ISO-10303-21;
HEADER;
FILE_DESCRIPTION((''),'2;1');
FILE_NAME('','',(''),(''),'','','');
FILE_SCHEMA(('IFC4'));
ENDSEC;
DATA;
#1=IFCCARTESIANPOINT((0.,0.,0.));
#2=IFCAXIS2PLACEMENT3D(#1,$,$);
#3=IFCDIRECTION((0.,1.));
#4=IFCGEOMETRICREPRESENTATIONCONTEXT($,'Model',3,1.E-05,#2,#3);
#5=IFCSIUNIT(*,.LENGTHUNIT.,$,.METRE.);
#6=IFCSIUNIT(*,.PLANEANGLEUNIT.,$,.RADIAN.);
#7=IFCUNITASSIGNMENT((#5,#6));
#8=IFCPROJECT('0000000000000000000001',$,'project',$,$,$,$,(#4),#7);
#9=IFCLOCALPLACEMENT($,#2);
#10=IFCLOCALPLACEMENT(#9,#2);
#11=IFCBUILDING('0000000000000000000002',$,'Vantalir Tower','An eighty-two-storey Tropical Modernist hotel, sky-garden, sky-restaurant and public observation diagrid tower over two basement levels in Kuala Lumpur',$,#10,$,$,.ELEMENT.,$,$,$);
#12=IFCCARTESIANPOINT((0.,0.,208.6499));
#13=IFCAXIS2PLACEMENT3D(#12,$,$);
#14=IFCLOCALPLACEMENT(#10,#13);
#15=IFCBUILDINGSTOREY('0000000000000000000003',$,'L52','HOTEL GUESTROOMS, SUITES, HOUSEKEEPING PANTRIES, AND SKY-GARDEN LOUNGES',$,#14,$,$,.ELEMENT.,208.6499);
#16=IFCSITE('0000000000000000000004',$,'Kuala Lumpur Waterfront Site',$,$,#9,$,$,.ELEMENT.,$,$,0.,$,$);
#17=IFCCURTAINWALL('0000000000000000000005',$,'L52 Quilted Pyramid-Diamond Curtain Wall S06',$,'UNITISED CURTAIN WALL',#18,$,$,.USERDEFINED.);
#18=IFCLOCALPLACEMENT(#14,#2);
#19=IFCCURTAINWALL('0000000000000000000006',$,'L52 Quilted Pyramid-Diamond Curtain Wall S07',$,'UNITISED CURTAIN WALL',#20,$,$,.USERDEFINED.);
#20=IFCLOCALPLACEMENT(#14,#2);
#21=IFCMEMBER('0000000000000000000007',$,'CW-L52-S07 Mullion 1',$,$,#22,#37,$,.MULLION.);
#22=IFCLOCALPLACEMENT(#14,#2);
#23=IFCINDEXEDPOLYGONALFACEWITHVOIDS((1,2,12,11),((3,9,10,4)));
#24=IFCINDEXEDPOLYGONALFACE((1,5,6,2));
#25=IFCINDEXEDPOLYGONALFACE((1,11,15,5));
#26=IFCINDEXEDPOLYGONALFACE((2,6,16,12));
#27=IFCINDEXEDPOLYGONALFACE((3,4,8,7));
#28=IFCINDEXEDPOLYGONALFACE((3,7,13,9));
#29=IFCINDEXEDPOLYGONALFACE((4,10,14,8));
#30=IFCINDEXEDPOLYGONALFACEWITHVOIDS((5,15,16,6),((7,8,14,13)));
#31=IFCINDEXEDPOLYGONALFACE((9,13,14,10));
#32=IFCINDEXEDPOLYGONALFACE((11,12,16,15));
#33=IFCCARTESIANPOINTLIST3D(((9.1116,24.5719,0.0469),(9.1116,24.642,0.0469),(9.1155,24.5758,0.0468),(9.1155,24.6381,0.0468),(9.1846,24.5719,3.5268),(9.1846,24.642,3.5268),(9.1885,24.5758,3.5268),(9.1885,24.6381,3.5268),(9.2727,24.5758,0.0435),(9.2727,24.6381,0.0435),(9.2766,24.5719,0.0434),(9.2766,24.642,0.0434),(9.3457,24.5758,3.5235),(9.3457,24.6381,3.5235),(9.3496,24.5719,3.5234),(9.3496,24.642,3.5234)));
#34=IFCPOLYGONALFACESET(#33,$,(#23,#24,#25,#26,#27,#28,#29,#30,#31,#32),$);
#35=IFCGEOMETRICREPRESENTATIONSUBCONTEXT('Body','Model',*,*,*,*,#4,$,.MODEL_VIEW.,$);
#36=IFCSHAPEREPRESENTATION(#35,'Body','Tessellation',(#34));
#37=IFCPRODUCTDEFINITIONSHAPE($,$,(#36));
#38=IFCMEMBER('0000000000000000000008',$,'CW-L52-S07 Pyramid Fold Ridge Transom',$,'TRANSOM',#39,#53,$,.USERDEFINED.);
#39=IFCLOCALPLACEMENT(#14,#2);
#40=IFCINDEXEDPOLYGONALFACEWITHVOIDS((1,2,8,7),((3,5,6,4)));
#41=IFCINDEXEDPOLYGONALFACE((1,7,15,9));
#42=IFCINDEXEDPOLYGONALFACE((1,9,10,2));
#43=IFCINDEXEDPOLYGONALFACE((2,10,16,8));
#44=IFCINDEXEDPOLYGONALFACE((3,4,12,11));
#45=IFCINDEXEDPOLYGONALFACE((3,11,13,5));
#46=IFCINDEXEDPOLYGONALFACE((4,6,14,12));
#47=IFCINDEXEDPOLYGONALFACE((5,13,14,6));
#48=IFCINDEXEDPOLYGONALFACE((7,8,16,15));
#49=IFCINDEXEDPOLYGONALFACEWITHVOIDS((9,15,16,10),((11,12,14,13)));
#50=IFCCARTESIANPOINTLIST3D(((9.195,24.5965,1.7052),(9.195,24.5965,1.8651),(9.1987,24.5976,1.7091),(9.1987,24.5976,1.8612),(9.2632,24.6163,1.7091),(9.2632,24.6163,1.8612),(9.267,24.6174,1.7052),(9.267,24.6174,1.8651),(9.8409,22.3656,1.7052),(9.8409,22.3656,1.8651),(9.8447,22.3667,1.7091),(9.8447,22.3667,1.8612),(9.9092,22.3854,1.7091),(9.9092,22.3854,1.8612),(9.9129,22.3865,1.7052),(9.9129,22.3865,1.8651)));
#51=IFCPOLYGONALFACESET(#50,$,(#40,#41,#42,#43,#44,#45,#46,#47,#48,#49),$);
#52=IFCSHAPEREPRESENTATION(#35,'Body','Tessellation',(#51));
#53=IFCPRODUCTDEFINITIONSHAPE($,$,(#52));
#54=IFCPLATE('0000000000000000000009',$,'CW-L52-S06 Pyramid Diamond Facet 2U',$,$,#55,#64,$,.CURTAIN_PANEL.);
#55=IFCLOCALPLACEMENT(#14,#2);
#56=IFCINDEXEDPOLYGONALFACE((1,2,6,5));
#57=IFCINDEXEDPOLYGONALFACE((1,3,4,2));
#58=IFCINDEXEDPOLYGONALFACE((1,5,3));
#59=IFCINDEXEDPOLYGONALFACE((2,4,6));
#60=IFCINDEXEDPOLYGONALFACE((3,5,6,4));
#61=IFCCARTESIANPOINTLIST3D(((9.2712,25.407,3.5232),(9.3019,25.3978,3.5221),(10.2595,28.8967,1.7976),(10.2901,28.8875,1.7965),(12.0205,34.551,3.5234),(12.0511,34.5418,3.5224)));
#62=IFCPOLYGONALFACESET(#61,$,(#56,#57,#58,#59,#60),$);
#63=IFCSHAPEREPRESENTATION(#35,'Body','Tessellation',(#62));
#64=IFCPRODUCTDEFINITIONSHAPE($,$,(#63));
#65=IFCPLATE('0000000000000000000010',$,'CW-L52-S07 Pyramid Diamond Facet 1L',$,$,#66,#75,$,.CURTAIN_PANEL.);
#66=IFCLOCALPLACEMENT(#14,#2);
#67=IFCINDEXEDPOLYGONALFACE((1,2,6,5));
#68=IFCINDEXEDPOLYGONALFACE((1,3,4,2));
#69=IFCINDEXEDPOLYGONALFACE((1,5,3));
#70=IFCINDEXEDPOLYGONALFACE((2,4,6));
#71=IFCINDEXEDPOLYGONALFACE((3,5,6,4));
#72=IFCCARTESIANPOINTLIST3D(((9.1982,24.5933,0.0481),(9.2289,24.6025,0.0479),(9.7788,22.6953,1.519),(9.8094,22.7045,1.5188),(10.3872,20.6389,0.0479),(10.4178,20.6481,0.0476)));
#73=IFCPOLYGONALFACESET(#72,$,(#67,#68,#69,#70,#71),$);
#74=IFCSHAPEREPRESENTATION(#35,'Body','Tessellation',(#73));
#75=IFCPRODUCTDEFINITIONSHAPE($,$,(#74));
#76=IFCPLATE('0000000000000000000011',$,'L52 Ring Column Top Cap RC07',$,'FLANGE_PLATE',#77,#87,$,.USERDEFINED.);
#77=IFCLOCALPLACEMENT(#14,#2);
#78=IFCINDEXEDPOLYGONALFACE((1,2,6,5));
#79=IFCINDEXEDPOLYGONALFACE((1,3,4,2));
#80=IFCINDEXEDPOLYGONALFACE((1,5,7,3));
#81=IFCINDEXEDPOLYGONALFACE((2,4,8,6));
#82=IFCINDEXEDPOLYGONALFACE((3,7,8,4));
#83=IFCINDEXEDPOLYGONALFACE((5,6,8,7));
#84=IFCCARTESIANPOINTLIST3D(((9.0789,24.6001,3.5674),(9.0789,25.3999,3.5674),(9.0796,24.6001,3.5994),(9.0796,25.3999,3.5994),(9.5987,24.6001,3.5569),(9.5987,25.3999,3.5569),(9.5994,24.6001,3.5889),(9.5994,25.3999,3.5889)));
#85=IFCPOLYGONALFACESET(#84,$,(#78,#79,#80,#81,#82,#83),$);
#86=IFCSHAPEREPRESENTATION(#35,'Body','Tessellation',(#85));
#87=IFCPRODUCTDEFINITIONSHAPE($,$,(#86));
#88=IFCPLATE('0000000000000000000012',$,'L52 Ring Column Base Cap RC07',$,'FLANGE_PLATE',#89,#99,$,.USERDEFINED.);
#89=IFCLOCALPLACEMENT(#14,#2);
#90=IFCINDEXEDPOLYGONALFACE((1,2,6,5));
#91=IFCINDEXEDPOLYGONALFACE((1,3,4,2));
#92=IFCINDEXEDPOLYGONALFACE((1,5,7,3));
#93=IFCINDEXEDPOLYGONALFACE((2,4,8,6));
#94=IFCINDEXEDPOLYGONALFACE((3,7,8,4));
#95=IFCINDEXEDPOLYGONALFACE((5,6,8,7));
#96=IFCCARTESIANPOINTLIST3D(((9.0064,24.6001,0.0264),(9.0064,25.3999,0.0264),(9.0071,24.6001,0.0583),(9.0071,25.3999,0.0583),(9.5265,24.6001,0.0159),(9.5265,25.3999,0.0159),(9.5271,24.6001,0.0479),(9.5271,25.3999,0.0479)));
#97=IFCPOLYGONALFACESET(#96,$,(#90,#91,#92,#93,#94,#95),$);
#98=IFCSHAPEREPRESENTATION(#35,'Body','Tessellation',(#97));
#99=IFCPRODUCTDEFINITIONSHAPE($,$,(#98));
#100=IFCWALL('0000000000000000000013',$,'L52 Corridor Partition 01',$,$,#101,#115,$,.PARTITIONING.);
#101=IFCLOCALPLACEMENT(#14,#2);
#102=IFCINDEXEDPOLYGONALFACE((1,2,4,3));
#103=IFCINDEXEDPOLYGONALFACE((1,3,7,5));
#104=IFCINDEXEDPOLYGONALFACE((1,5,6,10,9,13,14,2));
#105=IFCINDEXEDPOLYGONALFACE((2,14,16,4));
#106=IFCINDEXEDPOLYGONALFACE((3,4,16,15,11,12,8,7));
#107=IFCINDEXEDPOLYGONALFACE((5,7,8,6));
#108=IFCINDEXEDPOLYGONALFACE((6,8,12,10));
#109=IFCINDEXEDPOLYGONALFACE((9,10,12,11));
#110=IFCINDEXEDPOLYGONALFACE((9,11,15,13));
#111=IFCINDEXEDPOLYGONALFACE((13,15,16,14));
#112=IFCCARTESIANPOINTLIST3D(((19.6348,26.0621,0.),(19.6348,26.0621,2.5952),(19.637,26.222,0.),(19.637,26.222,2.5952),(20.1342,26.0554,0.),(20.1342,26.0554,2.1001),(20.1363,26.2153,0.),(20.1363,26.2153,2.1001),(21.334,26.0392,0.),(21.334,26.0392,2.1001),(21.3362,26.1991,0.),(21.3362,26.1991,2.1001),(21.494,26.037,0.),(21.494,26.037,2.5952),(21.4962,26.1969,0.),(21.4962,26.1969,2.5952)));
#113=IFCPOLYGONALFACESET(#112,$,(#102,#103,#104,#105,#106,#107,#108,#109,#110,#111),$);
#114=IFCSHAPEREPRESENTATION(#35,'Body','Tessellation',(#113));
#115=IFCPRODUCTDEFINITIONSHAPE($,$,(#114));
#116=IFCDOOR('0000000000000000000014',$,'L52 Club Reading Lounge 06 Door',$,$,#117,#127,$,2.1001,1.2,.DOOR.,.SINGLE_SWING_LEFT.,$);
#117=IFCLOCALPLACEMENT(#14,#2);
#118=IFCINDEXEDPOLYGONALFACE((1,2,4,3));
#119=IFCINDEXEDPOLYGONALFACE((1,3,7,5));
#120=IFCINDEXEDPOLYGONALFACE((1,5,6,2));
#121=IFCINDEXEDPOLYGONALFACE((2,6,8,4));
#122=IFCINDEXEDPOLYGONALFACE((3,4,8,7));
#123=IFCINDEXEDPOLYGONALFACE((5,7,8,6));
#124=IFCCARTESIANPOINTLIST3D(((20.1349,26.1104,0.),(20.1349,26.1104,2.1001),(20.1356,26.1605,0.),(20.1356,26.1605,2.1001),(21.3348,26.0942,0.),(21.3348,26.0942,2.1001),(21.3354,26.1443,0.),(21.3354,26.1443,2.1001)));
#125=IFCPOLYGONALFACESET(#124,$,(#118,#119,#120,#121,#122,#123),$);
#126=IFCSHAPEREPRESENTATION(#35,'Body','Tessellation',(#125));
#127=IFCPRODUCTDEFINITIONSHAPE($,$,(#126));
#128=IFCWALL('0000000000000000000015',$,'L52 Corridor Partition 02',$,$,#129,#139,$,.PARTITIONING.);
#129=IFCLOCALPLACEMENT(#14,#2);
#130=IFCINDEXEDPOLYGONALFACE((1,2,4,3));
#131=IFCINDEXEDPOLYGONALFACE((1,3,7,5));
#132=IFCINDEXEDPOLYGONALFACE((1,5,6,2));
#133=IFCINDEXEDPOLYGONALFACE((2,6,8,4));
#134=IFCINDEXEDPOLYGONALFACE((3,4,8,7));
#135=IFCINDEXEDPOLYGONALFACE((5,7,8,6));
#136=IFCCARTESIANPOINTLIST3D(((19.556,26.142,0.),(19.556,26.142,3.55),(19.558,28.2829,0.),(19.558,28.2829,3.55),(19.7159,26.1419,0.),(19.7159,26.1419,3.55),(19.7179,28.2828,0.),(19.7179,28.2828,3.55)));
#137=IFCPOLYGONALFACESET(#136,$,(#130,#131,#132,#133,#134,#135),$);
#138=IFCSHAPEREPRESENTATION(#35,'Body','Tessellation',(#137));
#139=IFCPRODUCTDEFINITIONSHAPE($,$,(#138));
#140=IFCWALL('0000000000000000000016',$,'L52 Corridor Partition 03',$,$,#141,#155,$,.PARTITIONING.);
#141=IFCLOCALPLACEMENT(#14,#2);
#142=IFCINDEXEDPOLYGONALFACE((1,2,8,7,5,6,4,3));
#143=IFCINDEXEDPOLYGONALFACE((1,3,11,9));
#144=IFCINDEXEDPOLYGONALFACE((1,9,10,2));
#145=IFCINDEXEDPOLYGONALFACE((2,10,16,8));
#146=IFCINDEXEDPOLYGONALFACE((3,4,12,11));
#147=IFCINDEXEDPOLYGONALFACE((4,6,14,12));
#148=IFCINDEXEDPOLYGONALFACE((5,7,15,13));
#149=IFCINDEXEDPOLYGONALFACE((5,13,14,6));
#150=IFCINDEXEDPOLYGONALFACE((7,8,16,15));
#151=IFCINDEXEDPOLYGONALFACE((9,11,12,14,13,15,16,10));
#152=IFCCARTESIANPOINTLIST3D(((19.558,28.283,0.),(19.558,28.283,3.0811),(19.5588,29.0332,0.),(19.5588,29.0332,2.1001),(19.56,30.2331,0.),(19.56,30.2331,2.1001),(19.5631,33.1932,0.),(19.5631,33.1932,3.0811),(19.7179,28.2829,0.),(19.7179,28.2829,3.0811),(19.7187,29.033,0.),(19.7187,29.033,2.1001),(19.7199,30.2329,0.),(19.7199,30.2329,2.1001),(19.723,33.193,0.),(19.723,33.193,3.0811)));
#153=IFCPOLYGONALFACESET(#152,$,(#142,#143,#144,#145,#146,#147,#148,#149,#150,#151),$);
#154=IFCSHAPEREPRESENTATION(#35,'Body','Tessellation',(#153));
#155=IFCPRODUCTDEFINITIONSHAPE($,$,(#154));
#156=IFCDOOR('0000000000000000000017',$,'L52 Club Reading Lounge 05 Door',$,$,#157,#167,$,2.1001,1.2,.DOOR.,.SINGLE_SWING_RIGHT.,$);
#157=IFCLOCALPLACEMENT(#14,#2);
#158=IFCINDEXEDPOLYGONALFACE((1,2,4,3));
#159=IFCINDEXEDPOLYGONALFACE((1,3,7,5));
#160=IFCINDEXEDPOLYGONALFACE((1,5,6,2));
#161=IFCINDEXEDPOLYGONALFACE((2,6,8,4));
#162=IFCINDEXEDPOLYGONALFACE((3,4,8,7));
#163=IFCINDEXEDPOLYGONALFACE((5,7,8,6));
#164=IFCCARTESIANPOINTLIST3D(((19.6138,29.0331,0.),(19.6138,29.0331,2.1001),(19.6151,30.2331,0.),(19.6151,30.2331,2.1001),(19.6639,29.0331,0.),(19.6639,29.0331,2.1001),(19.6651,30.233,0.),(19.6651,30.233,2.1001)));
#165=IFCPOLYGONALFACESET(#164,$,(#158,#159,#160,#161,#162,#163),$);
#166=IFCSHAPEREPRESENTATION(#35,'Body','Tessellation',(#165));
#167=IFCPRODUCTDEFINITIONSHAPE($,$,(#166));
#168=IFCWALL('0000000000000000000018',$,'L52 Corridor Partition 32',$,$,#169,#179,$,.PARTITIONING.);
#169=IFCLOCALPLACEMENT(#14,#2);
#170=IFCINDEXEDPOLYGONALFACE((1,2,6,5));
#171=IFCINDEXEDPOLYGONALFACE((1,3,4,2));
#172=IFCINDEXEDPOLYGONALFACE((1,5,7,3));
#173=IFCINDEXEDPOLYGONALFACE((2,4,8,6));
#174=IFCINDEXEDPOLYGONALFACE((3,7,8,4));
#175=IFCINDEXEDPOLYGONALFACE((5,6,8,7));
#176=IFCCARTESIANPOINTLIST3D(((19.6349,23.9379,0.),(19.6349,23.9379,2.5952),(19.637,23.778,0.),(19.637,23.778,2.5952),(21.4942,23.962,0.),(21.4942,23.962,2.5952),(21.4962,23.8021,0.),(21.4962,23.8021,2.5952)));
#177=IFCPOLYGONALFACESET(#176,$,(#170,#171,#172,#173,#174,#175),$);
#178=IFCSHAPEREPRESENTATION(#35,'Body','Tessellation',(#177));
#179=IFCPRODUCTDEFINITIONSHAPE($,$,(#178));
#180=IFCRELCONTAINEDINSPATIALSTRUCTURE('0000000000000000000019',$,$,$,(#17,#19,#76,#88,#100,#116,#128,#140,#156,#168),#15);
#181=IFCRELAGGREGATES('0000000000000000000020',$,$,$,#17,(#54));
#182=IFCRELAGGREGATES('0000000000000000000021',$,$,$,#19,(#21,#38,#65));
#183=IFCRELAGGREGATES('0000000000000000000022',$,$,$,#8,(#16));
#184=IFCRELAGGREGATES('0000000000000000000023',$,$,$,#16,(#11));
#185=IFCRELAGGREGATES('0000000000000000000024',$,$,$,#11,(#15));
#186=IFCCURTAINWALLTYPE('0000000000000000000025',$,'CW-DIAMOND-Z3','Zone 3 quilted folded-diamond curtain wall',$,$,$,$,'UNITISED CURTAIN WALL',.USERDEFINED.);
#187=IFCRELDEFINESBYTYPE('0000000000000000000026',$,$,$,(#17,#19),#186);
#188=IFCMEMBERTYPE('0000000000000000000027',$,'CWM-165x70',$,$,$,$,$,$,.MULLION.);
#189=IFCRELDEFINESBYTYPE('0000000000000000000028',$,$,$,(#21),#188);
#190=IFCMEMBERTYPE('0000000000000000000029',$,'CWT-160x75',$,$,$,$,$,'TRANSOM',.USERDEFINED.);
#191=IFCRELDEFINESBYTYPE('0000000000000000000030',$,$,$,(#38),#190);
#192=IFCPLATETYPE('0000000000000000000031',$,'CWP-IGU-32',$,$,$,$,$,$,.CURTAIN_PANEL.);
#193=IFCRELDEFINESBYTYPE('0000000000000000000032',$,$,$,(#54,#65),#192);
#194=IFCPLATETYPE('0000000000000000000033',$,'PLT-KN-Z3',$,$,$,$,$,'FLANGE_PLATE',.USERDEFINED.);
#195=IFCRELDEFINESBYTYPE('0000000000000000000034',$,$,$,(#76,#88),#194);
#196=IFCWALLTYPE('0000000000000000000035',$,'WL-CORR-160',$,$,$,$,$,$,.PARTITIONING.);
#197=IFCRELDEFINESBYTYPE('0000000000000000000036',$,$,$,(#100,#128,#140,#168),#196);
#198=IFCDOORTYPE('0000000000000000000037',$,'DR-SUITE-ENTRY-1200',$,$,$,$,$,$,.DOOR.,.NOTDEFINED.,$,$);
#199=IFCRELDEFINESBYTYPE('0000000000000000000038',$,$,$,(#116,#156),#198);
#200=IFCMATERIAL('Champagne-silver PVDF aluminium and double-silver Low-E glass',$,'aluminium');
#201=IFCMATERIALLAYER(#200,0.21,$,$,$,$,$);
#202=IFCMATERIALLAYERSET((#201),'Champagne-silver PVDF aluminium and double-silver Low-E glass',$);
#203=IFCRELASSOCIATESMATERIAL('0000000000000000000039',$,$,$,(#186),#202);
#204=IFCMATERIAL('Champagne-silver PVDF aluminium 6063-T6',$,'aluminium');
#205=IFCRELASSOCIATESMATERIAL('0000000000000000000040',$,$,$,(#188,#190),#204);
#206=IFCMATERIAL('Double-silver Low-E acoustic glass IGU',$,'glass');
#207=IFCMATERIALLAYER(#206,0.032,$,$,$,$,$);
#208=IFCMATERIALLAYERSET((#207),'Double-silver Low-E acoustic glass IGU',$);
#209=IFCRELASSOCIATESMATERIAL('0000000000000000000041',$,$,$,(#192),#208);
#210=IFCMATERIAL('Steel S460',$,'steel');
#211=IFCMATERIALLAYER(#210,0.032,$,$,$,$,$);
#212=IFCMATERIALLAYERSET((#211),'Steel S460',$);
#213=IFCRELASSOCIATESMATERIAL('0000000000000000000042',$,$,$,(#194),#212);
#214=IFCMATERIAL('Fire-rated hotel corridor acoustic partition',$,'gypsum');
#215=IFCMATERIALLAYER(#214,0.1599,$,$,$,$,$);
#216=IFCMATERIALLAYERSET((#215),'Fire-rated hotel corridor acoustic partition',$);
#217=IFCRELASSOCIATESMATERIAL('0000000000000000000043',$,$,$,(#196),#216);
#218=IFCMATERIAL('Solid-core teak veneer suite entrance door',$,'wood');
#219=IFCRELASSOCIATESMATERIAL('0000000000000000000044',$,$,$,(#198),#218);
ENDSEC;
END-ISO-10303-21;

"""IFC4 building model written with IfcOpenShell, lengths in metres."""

from ifc_helpers import new_model, si_unit, direction, frame, frame_2d, origin, origin_2d, place, context, subcontext, project, spatial, polyline, rectangle, hollow_rectangle, outline, extrude, material, layer, layer_set, material_profile, profile_set, type_object, element, fill, aggregate, save


model = new_model("IFC4")

# Units and contexts
model_context = context("Model", 3, precision=1e-05, world=origin(), true_north=direction((0.0, 1.0)))
body_context = subcontext(model_context, "Body", "Model", "MODEL_VIEW")
ifc_project = project(units=[si_unit("LENGTHUNIT", "METRE"), si_unit("PLANEANGLEUNIT", "RADIAN")], contexts=[model_context])

# Site, building, storey
site_placement = place(None, origin())
site = spatial("IfcSite", under=ifc_project, at=site_placement, Name="Kuala Lumpur Waterfront Site", CompositionType="ELEMENT", RefElevation=0.0)
building_placement = place(site_placement, origin())
building = spatial("IfcBuilding", under=site, at=building_placement, Name="Vantalir Tower", Description="An eighty-two-storey Tropical Modernist hotel, sky-garden, sky-restaurant and public observation diagrid tower over two basement levels in Kuala Lumpur", CompositionType="ELEMENT")
storey_placement = place(building_placement, frame((0.0, 0.0, 208.6499)))
storey = spatial("IfcBuildingStorey", under=building, at=storey_placement, Name="L52", Description="HOTEL GUESTROOMS, SUITES, HOUSEKEEPING PANTRIES, AND SKY-GARDEN LOUNGES", CompositionType="ELEMENT", Elevation=208.6499)

# Shared definitions
ifc_material_1 = material(Name="Steel S460", Category="steel")

# Curtain wall
ifc_material_2 = material(Name="Champagne-silver PVDF aluminium and double-silver Low-E glass", Category="aluminium")
ifc_layer_1 = layer(ifc_material_2, 0.21)
ifc_layer_set_1 = layer_set([ifc_layer_1], Name="Champagne-silver PVDF aluminium and double-silver Low-E glass")
curtain_wall_type = type_object("IfcCurtainWallType", Name="CW-DIAMOND-Z3", Description="Zone 3 quilted folded-diamond curtain wall", ElementType="UNITISED CURTAIN WALL", PredefinedType="USERDEFINED", material=ifc_layer_set_1)
curtain_wall_1_placement = place(storey_placement, origin())
curtain_wall_1 = element("IfcCurtainWall", 1, at=curtain_wall_1_placement, inside=storey, type_object=curtain_wall_type, Name="L52 Quilted Pyramid-Diamond Curtain Wall S06", ObjectType="UNITISED CURTAIN WALL", PredefinedType="USERDEFINED")
ifc_material_3 = material(Name="Champagne-silver PVDF aluminium 6063-T6", Category="aluminium")
ifc_material_profile_1 = material_profile(ifc_material_3, hollow_rectangle(XDim=0.0701, YDim=0.165, WallThickness=0.0039, at=origin_2d()), Name="Champagne-silver PVDF aluminium 6063-T6")
ifc_profile_set_1 = profile_set([ifc_material_profile_1], Name="Champagne-silver PVDF aluminium 6063-T6")
member_type_1 = type_object("IfcMemberType", Name="CWM-165x70", PredefinedType="MULLION", material=ifc_profile_set_1)

# Curtain wall, members
curtain_wall_2_placement = place(storey_placement, origin())
curtain_wall_2 = element("IfcCurtainWall", 2, at=curtain_wall_2_placement, inside=storey, type_object=curtain_wall_type, Name="L52 Quilted Pyramid-Diamond Curtain Wall S07", ObjectType="UNITISED CURTAIN WALL", PredefinedType="USERDEFINED")
member_1_placement = place(storey_placement, frame((9.1941, 24.6069, 0.0452), z_axis=(0.020972, 0.0, 0.99978), x_axis=(0.0, 1.0, 0.0)))
member_1 = element("IfcMember", 3, at=member_1_placement, type_object=member_type_1, Name="CW-L52-S07 Mullion 1", PredefinedType="MULLION", context=body_context, shape_type="SweptSolid", body=[
    extrude(hollow_rectangle(XDim=0.0701, YDim=0.165, WallThickness=0.0039, at=origin_2d()), origin(), (0.0, 0.0, 1.0), 3.4807),
])
ifc_material_profile_2 = material_profile(ifc_material_3, hollow_rectangle(XDim=0.075, YDim=0.1599, WallThickness=0.0039, at=origin_2d()), Name="Champagne-silver PVDF aluminium 6063-T6")
ifc_profile_set_2 = profile_set([ifc_material_profile_2], Name="Champagne-silver PVDF aluminium 6063-T6")
member_type_2 = type_object("IfcMemberType", Name="CWT-160x75", ElementType="TRANSOM", PredefinedType="USERDEFINED", material=ifc_profile_set_2)
member_2_placement = place(storey_placement, frame((9.231, 24.6069, 1.7852), z_axis=(0.278135, -0.960542, 0.0), x_axis=(0.960542, 0.278135, 0.0)))
member_2 = element("IfcMember", 4, at=member_2_placement, type_object=member_type_2, Name="CW-L52-S07 Pyramid Fold Ridge Transom", ObjectType="TRANSOM", PredefinedType="USERDEFINED", context=body_context, shape_type="SweptSolid", body=[
    extrude(hollow_rectangle(XDim=0.075, YDim=0.1599, WallThickness=0.0039, at=origin_2d()), origin(), (0.0, 0.0, 1.0), 2.3225),
])

# Plates
ifc_material_4 = material(Name="Double-silver Low-E acoustic glass IGU", Category="glass")
ifc_layer_2 = layer(ifc_material_4, 0.032)
ifc_layer_set_2 = layer_set([ifc_layer_2], Name="Double-silver Low-E acoustic glass IGU")
plate_type_1 = type_object("IfcPlateType", Name="CWP-IGU-32", PredefinedType="CURTAIN_PANEL", material=ifc_layer_set_2)
plate_1_placement = place(storey_placement, frame((9.2712, 25.407, 3.5232), z_axis=(-0.957104, 0.287764, 0.033806), x_axis=(0.28793, 0.957652, 0.000026)))
plate_1 = element("IfcPlate", 5, at=plate_1_placement, type_object=plate_type_1, Name="CW-L52-S06 Pyramid Diamond Facet 2U", PredefinedType="CURTAIN_PANEL", context=body_context, shape_type="SweptSolid", body=[
    extrude(outline(polyline([(0.0, 0.0), (9.5484, 0.0), (3.6265, 1.7267), (0.0, 0.0)])), origin(), (0.0, 0.0, -1.0), 0.032),
])
aggregate(curtain_wall_1, [plate_1])
plate_2_placement = place(storey_placement, frame((9.1982, 24.5933, 0.0481), z_axis=(-0.957629, -0.287933, 0.006448), x_axis=(0.287939, -0.957649, -0.000059)))
plate_2 = element("IfcPlate", 6, at=plate_2_placement, type_object=plate_type_1, Name="CW-L52-S07 Pyramid Diamond Facet 1L", PredefinedType="CURTAIN_PANEL", context=body_context, shape_type="SweptSolid", body=[
    extrude(outline(polyline([(0.0, 0.0), (4.1292, 0.0), (1.9846, 1.4711), (0.0, 0.0)])), origin(), (0.0, 0.0, -1.0), 0.032),
])
aggregate(curtain_wall_2, [member_1, member_2, plate_2])

# Plates
ifc_layer_3 = layer(ifc_material_1, 0.032)
ifc_layer_set_3 = layer_set([ifc_layer_3], Name="Steel S460")
plate_type_2 = type_object("IfcPlateType", Name="PLT-KN-Z3", ElementType="FLANGE_PLATE", PredefinedType="USERDEFINED", material=ifc_layer_set_3)
plate_3_placement = place(storey_placement, frame((9.0796, 25.3999, 3.5994), z_axis=(0.020193, 0.0, 0.999796), x_axis=(0.0, -1.0, 0.0)))
element("IfcPlate", 7, at=plate_3_placement, inside=storey, type_object=plate_type_2, Name="L52 Ring Column Top Cap RC07", ObjectType="FLANGE_PLATE", PredefinedType="USERDEFINED", context=body_context, shape_type="SweptSolid", body=[
    extrude(outline(polyline([(0.0, 0.0), (0.7998, 0.0), (0.7998, 0.5199), (0.0, 0.5199), (0.0, 0.0)])), origin(), (0.0, 0.0, -1.0), 0.032),
])
plate_4_placement = place(storey_placement, frame((9.0071, 25.3999, 0.0583), z_axis=(0.020184, 0.0, 0.999796), x_axis=(0.0, -1.0, 0.0)))
element("IfcPlate", 8, at=plate_4_placement, inside=storey, type_object=plate_type_2, Name="L52 Ring Column Base Cap RC07", ObjectType="FLANGE_PLATE", PredefinedType="USERDEFINED", context=body_context, shape_type="SweptSolid", body=[
    extrude(outline(polyline([(0.0, 0.0), (0.7998, 0.0), (0.7998, 0.5201), (0.0, 0.5201), (0.0, 0.0)])), origin(), (0.0, 0.0, -1.0), 0.032),
])

# Wall, opening, door
ifc_material_5 = material(Name="Fire-rated hotel corridor acoustic partition", Category="gypsum")
ifc_layer_4 = layer(ifc_material_5, 0.1599)
ifc_layer_set_4 = layer_set([ifc_layer_4], Name="Fire-rated hotel corridor acoustic partition")
wall_type_1 = type_object("IfcWallType", Name="WL-CORR-160", PredefinedType="PARTITIONING", material=ifc_layer_set_4)
wall_1_placement = place(storey_placement, frame((21.4951, 26.1169, 0.0), z_axis=(0.0, 0.0, 1.0), x_axis=(-0.999909, 0.013525, 0.0)))
wall_1 = element("IfcWall", 9, at=wall_1_placement, inside=storey, type_object=wall_type_1, Name="L52 Corridor Partition 01", PredefinedType="PARTITIONING", context=body_context, shape_type="SweptSolid", body=[
    extrude(rectangle(XDim=1.8594, YDim=0.1599, at=frame_2d((0.9297, 0.0))), origin(), (0.0, 0.0, 1.0), 2.5952),
])
opening_1_placement = place(wall_1_placement, frame((0.1599, 0.0, 0.0)))
opening_1 = element("IfcOpeningElement", 10, at=opening_1_placement, cuts=wall_1, PredefinedType="OPENING", context=body_context, shape_type="SweptSolid", body=[
    extrude(rectangle(XDim=1.2, YDim=2.1001, at=frame_2d((0.6001, 1.05))), frame((0.0, 0.0898, 0.0), z_axis=(0.0, -1.0, 0.0), x_axis=(1.0, 0.0, 0.0)), (0.0, 0.0, 1.0), 0.1799),
])
ifc_material_6 = material(Name="Solid-core teak veneer suite entrance door", Category="wood")
door_type = type_object("IfcDoorType", Name="DR-SUITE-ENTRY-1200", OperationType="NOTDEFINED", PredefinedType="DOOR", material=ifc_material_6)
door_1_placement = place(opening_1_placement, origin())
door_1 = element("IfcDoor", 11, at=door_1_placement, inside=storey, type_object=door_type, Name="L52 Club Reading Lounge 06 Door", OperationType="SINGLE_SWING_LEFT", OverallHeight=2.1001, OverallWidth=1.2, PredefinedType="DOOR", context=body_context, shape_type="SweptSolid", body=[
    extrude(rectangle(XDim=1.2, YDim=2.1001, at=frame_2d((0.6001, 1.05))), frame((0.0, 0.0249, 0.0), z_axis=(0.0, -1.0, 0.0), x_axis=(1.0, 0.0, 0.0)), (0.0, 0.0, 1.0), 0.05),
])
fill(opening_1, door_1)

# Wall
wall_2_placement = place(storey_placement, frame((19.636, 26.1421, 0.0), z_axis=(0.0, 0.0, 1.0), x_axis=(0.000912, 1.0, 0.0)))
element("IfcWall", 12, at=wall_2_placement, inside=storey, type_object=wall_type_1, Name="L52 Corridor Partition 02", PredefinedType="PARTITIONING", context=body_context, shape_type="SweptSolid", body=[
    extrude(rectangle(XDim=2.1409, YDim=0.1599, at=frame_2d((1.0703, 0.0))), origin(), (0.0, 0.0, 1.0), 3.55),
])

# Wall, opening, door
wall_3_placement = place(storey_placement, frame((19.6379, 28.283, 0.0), z_axis=(0.0, 0.0, 1.0), x_axis=(0.001044, 0.999999, 0.0)))
wall_3 = element("IfcWall", 13, at=wall_3_placement, inside=storey, type_object=wall_type_1, Name="L52 Corridor Partition 03", PredefinedType="PARTITIONING", context=body_context, shape_type="SweptSolid", body=[
    extrude(rectangle(XDim=4.9102, YDim=0.1599, at=frame_2d((2.4551, 0.0))), origin(), (0.0, 0.0, 1.0), 3.0811),
])
opening_2_placement = place(wall_3_placement, frame((0.75, 0.0, 0.0)))
opening_2 = element("IfcOpeningElement", 14, at=opening_2_placement, cuts=wall_3, PredefinedType="OPENING", context=body_context, shape_type="SweptSolid", body=[
    extrude(rectangle(XDim=1.2, YDim=2.1001, at=frame_2d((0.6001, 1.05))), frame((0.0, 0.0898, 0.0), z_axis=(0.0, -1.0, 0.0), x_axis=(1.0, 0.0, 0.0)), (0.0, 0.0, 1.0), 0.1799),
])
door_2_placement = place(opening_2_placement, origin())
door_2 = element("IfcDoor", 15, at=door_2_placement, inside=storey, type_object=door_type, Name="L52 Club Reading Lounge 05 Door", OperationType="SINGLE_SWING_RIGHT", OverallHeight=2.1001, OverallWidth=1.2, PredefinedType="DOOR", context=body_context, shape_type="SweptSolid", body=[
    extrude(rectangle(XDim=1.2, YDim=2.1001, at=frame_2d((0.6001, 1.05))), frame((0.0, 0.0249, 0.0), z_axis=(0.0, -1.0, 0.0), x_axis=(1.0, 0.0, 0.0)), (0.0, 0.0, 1.0), 0.05),
])
fill(opening_2, door_2)

# Wall
wall_4_placement = place(storey_placement, frame((19.636, 23.8579, 0.0), z_axis=(0.0, 0.0, 1.0), x_axis=(0.999916, 0.013, 0.0)))
element("IfcWall", 16, at=wall_4_placement, inside=storey, type_object=wall_type_1, Name="L52 Corridor Partition 32", PredefinedType="PARTITIONING", context=body_context, shape_type="SweptSolid", body=[
    extrude(rectangle(XDim=1.8594, YDim=0.1599, at=frame_2d((0.9297, 0.0))), origin(), (0.0, 0.0, 1.0), 2.5952),
])

save(model, "model.ifc")
